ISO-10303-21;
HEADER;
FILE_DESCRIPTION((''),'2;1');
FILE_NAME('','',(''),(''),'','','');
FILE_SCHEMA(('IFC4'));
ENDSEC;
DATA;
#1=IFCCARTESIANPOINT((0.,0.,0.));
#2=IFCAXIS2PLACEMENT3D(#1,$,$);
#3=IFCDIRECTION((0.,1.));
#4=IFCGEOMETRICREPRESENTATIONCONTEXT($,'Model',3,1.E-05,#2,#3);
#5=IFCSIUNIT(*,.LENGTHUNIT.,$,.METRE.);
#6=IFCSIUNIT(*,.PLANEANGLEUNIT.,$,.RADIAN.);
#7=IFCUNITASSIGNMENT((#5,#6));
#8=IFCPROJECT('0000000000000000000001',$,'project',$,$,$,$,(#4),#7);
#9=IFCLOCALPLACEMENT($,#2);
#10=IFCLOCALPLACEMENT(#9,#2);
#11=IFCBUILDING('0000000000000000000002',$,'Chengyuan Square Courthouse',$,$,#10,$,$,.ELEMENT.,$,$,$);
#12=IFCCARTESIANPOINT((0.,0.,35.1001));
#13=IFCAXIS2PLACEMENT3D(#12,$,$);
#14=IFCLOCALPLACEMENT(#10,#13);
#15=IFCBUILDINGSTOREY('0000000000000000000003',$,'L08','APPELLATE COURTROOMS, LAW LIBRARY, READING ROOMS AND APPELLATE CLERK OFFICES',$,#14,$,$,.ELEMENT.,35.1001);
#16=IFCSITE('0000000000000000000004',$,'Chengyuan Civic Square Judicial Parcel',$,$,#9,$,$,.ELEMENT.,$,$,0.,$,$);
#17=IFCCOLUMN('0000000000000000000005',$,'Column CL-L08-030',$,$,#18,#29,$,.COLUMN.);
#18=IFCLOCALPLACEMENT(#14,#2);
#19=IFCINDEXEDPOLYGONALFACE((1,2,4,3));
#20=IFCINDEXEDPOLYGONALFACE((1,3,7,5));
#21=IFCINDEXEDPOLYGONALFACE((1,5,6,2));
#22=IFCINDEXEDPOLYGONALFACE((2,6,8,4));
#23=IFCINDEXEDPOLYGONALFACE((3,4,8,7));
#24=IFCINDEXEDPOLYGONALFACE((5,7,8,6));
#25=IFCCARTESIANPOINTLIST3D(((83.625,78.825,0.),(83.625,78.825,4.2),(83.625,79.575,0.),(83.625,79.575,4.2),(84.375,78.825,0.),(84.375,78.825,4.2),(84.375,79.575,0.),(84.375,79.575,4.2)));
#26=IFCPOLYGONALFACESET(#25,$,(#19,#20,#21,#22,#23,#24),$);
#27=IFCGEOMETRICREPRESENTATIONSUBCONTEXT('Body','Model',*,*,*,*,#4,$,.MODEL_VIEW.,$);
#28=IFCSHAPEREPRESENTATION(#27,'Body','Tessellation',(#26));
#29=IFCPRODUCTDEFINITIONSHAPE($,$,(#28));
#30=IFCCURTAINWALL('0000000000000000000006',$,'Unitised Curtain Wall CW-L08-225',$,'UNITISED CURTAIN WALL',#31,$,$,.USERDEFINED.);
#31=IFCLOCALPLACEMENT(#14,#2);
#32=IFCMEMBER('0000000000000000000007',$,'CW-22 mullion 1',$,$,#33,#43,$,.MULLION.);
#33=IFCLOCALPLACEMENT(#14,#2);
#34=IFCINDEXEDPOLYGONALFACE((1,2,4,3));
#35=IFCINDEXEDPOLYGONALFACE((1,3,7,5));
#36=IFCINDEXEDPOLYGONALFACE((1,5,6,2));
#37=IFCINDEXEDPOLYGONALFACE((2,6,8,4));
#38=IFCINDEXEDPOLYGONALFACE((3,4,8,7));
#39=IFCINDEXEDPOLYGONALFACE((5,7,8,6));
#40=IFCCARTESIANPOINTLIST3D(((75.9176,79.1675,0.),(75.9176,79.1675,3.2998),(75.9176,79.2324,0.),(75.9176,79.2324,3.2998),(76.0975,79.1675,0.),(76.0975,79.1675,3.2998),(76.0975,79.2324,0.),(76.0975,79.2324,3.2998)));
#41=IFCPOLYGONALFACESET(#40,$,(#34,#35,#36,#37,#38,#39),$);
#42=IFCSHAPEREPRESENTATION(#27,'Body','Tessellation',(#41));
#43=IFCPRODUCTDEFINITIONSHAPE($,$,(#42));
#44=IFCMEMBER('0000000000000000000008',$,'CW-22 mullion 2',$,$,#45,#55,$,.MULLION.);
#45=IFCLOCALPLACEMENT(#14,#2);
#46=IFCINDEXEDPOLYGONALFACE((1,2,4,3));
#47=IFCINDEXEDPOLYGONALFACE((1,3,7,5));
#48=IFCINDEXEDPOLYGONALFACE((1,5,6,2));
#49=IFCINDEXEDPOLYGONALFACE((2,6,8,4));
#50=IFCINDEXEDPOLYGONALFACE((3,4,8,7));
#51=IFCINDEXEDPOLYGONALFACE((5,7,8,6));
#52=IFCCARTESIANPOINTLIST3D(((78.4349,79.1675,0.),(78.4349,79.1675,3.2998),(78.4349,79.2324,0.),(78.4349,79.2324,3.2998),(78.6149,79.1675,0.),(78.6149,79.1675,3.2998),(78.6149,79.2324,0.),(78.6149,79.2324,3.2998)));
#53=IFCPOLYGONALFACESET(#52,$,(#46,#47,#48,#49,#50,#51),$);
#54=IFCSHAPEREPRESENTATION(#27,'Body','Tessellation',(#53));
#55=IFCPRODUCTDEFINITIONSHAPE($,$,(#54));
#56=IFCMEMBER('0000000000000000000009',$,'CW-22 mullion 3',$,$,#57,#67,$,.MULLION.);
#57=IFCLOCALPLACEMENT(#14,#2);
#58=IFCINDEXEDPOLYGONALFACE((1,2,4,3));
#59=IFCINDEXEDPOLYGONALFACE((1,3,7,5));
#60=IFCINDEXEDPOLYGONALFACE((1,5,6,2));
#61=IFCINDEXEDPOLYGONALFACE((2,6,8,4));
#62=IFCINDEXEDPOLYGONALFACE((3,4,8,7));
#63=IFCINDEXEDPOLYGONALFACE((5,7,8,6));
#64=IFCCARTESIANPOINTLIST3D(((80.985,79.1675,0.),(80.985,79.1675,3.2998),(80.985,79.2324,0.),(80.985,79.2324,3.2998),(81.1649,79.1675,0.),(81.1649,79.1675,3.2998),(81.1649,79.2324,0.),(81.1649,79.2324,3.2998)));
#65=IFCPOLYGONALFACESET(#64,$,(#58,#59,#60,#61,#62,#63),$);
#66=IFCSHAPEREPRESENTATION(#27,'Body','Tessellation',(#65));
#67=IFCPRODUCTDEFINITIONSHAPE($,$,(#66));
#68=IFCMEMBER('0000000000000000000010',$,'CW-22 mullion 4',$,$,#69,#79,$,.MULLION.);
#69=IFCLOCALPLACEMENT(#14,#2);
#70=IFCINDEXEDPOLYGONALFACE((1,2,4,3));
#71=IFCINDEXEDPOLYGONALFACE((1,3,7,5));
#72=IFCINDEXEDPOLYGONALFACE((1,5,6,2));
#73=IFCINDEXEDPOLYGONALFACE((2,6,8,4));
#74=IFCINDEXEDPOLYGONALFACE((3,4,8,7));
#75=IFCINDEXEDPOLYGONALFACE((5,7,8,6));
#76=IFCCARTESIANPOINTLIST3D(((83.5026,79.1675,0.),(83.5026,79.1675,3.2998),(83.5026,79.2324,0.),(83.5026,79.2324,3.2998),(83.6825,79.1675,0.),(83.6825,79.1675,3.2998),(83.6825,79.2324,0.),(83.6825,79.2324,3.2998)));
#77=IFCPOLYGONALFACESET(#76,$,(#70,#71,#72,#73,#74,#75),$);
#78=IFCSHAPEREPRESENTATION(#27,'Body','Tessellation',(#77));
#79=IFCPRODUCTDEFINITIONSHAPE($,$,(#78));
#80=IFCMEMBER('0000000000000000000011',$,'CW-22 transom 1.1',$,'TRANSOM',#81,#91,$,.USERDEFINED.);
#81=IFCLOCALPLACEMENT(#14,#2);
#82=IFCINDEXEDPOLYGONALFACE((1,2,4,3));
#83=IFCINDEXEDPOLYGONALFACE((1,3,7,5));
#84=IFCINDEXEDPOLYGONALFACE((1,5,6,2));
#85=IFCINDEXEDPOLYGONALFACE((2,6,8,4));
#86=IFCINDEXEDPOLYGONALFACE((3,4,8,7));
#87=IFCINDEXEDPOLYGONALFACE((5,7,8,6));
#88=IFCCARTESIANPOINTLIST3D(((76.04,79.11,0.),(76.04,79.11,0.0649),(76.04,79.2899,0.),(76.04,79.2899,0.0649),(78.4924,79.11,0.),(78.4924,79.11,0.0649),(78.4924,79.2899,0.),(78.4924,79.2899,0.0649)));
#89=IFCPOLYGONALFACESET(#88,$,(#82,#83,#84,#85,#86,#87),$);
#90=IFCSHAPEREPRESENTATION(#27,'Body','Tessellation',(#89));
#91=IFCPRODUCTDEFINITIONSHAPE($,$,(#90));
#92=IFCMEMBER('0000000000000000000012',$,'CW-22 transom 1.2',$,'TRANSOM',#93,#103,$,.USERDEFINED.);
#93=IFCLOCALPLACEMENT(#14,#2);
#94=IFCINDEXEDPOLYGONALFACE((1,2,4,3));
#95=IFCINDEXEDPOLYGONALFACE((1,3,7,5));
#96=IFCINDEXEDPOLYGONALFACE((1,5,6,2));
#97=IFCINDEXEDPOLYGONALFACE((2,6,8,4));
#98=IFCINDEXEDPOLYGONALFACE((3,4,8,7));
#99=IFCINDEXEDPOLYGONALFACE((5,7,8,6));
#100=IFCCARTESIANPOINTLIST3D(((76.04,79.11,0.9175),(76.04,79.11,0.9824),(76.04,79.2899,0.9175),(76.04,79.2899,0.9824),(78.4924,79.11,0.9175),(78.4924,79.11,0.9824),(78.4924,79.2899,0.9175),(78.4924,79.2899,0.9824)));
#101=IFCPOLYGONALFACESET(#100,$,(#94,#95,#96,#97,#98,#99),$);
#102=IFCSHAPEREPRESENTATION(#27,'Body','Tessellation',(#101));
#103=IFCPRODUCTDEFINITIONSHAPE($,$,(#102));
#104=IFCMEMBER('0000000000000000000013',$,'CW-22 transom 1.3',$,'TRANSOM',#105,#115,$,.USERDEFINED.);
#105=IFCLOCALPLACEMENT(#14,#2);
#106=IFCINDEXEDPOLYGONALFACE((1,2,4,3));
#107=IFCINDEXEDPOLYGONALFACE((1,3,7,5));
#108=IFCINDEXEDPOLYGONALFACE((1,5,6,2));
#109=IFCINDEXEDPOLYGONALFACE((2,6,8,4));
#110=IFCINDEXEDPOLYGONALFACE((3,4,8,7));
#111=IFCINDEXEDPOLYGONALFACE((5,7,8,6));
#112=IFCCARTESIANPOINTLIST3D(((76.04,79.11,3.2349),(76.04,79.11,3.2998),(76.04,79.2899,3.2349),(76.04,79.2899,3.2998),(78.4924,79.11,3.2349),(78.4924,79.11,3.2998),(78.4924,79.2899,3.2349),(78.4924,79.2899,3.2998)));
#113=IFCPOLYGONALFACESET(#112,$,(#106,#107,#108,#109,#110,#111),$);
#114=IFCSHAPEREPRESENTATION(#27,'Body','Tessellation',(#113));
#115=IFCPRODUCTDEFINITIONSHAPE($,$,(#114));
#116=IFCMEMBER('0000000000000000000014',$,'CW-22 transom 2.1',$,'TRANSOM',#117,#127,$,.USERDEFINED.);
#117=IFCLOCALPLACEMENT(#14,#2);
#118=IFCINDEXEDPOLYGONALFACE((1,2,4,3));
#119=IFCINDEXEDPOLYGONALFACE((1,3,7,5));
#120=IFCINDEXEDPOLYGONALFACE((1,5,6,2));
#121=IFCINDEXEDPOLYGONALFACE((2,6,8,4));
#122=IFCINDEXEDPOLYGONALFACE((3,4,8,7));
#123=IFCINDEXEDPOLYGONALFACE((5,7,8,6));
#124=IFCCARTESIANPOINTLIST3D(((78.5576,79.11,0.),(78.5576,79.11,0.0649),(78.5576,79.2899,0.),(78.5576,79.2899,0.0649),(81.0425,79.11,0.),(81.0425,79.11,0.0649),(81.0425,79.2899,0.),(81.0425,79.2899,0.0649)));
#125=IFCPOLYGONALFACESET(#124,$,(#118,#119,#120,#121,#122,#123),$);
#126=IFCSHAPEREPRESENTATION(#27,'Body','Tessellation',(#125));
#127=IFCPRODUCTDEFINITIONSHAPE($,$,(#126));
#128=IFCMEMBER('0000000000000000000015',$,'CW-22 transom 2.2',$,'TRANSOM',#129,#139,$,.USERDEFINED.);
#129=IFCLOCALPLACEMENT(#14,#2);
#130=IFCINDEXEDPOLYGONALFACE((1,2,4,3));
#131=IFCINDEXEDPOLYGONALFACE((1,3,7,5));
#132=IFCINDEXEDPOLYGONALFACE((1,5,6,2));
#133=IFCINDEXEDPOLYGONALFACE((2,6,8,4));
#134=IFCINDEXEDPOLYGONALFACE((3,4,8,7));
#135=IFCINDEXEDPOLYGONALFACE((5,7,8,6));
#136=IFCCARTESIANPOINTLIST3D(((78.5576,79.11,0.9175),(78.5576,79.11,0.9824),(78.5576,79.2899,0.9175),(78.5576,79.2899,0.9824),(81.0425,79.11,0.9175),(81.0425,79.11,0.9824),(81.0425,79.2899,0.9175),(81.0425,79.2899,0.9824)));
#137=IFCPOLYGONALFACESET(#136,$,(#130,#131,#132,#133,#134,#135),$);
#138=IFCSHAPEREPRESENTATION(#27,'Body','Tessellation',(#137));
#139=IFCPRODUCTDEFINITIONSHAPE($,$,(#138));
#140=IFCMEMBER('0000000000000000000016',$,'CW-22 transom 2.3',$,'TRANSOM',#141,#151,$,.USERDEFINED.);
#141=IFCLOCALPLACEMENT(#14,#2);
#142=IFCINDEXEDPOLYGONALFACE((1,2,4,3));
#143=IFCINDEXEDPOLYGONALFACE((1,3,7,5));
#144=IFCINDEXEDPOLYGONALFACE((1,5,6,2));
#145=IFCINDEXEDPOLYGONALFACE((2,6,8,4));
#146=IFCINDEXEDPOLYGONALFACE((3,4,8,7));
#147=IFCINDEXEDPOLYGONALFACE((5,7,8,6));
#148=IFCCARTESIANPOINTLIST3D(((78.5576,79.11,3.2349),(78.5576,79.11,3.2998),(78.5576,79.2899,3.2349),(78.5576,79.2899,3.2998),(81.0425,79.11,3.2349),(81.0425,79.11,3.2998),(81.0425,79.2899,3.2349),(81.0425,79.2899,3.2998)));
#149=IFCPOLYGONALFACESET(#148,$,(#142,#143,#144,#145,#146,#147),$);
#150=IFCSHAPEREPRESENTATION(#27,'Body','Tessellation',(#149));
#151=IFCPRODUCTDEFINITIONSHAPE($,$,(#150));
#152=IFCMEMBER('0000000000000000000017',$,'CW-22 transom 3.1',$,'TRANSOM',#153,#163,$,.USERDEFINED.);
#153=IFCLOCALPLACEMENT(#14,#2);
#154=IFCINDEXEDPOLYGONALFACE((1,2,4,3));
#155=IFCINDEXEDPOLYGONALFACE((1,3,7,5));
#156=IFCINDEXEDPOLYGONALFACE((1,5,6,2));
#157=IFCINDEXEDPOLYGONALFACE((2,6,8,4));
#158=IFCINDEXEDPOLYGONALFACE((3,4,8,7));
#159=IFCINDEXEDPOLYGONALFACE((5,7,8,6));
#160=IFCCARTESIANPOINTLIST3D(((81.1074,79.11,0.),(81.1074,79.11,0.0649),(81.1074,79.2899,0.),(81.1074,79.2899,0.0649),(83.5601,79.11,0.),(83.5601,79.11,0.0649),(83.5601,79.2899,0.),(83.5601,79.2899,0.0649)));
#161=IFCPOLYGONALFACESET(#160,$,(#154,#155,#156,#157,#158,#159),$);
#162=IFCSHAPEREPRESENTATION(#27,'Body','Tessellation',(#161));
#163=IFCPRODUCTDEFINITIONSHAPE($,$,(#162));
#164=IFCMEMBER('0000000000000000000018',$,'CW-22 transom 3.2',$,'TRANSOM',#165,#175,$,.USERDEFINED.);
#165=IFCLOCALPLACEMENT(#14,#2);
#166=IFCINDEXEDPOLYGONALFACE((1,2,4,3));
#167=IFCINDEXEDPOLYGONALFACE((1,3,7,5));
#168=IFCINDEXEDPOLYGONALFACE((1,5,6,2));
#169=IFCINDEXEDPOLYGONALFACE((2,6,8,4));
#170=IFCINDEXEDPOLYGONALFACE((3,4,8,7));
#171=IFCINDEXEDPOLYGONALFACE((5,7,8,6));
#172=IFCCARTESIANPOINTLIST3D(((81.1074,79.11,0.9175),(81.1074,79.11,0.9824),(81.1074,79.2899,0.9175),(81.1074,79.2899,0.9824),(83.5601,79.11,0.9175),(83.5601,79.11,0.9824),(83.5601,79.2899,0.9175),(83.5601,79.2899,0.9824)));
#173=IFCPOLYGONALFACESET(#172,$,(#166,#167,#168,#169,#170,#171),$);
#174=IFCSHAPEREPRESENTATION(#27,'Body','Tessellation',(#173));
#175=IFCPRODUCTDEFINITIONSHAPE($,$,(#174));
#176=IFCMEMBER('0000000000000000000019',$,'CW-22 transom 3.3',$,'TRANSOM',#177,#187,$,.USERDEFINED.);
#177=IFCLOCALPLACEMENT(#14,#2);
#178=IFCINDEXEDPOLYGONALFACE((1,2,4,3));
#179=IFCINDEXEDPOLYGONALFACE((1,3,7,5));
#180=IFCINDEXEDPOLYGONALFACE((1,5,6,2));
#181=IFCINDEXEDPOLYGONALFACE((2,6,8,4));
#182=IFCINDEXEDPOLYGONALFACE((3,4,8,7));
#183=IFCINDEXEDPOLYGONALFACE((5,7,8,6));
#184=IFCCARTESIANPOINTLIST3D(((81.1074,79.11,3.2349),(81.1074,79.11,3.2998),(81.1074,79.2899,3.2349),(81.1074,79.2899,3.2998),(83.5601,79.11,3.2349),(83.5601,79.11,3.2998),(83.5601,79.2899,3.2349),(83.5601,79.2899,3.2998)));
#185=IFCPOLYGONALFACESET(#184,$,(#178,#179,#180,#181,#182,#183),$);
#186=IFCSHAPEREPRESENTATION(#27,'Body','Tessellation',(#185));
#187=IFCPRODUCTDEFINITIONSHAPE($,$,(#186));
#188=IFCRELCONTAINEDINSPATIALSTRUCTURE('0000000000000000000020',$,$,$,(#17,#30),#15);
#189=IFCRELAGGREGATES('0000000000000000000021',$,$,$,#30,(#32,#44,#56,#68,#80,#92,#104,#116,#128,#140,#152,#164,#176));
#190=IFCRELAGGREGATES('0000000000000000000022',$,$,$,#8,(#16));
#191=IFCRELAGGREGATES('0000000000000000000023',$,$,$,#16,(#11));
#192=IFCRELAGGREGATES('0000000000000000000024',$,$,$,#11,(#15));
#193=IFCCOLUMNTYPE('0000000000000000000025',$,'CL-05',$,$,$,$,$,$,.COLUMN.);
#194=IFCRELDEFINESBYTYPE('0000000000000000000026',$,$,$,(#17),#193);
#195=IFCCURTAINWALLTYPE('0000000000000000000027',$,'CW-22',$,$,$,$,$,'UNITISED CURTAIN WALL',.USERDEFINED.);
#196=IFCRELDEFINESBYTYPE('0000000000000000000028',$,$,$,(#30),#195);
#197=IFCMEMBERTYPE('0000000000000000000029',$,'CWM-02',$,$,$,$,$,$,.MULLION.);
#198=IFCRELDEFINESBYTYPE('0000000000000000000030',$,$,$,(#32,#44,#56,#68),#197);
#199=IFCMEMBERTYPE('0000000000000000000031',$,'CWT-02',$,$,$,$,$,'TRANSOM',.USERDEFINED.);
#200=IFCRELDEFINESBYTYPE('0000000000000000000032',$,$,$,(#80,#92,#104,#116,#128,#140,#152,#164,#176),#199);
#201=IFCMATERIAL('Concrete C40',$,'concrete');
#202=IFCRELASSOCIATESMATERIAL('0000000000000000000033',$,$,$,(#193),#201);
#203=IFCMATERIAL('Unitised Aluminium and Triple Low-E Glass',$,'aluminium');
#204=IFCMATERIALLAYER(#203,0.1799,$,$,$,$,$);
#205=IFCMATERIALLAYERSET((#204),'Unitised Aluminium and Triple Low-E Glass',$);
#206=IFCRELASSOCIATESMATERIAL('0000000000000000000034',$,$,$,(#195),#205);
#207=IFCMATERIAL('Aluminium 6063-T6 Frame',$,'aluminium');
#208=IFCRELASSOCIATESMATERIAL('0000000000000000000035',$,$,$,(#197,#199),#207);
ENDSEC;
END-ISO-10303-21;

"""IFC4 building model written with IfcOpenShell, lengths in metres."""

from ifc_helpers import new_model, si_unit, direction, frame, origin, origin_2d, place, context, subcontext, project, spatial, rectangle, extrude, material, layer, layer_set, material_profile, profile_set, type_object, element, aggregate, save


model = new_model("IFC4")

# Units and contexts
model_context = context("Model", 3, precision=1e-05, world=origin(), true_north=direction((0.0, 1.0)))
body_context = subcontext(model_context, "Body", "Model", "MODEL_VIEW")
ifc_project = project(units=[si_unit("LENGTHUNIT", "METRE"), si_unit("PLANEANGLEUNIT", "RADIAN")], contexts=[model_context])

# Site, building, storey
site_placement = place(None, origin())
site = spatial("IfcSite", under=ifc_project, at=site_placement, Name="Chengyuan Civic Square Judicial Parcel", CompositionType="ELEMENT", RefElevation=0.0)
building_placement = place(site_placement, origin())
building = spatial("IfcBuilding", under=site, at=building_placement, Name="Chengyuan Square Courthouse", CompositionType="ELEMENT")
storey_placement = place(building_placement, frame((0.0, 0.0, 35.1001)))
storey = spatial("IfcBuildingStorey", under=building, at=storey_placement, Name="L08", Description="APPELLATE COURTROOMS, LAW LIBRARY, READING ROOMS AND APPELLATE CLERK OFFICES", CompositionType="ELEMENT", Elevation=35.1001)

# Column
ifc_material_1 = material(Name="Concrete C40", Category="concrete")
ifc_material_profile_1 = material_profile(ifc_material_1, rectangle(XDim=0.75, YDim=0.75, at=origin_2d()), Name="RC-COL-750x750")
ifc_profile_set_1 = profile_set([ifc_material_profile_1], Name="Concrete C40")
column_type = type_object("IfcColumnType", Name="CL-05", PredefinedType="COLUMN", material=ifc_profile_set_1)
column_placement = place(storey_placement, frame((84.0, 79.2, 0.0), z_axis=(0.0, 0.0, 1.0), x_axis=(1.0, 0.0, 0.0)))
element("IfcColumn", 1, at=column_placement, inside=storey, type_object=column_type, Name="Column CL-L08-030", PredefinedType="COLUMN", context=body_context, shape_type="SweptSolid", body=[
    extrude(rectangle(XDim=0.75, YDim=0.75, at=origin_2d()), origin(), (0.0, 0.0, 1.0), 4.2),
])

# Curtain wall, members
ifc_material_2 = material(Name="Unitised Aluminium and Triple Low-E Glass", Category="aluminium")
ifc_layer_1 = layer(ifc_material_2, 0.1799)
ifc_layer_set_1 = layer_set([ifc_layer_1], Name="Unitised Aluminium and Triple Low-E Glass")
curtain_wall_type = type_object("IfcCurtainWallType", Name="CW-22", ElementType="UNITISED CURTAIN WALL", PredefinedType="USERDEFINED", material=ifc_layer_set_1)
curtain_wall_placement = place(storey_placement, origin())
curtain_wall = element("IfcCurtainWall", 2, at=curtain_wall_placement, inside=storey, type_object=curtain_wall_type, Name="Unitised Curtain Wall CW-L08-225", ObjectType="UNITISED CURTAIN WALL", PredefinedType="USERDEFINED")
ifc_material_3 = material(Name="Aluminium 6063-T6 Frame", Category="aluminium")
ifc_material_profile_2 = material_profile(ifc_material_3, rectangle(XDim=0.0649, YDim=0.1799, at=origin_2d()), Name="CW-MUL-65x180")
ifc_profile_set_2 = profile_set([ifc_material_profile_2], Name="Aluminium 6063-T6 Frame")
member_type_1 = type_object("IfcMemberType", Name="CWM-02", PredefinedType="MULLION", material=ifc_profile_set_2)
member_1_placement = place(storey_placement, frame((76.0076, 79.2, 0.0), z_axis=(0.0, 0.0, 1.0), x_axis=(0.0, 1.0, 0.0)))
member_1 = element("IfcMember", 3, at=member_1_placement, type_object=member_type_1, Name="CW-22 mullion 1", PredefinedType="MULLION", context=body_context, shape_type="SweptSolid", body=[
    extrude(rectangle(XDim=0.0649, YDim=0.1799, at=origin_2d()), origin(), (0.0, 0.0, 1.0), 3.2998),
])
member_2_placement = place(storey_placement, frame((78.5249, 79.2, 0.0), z_axis=(0.0, 0.0, 1.0), x_axis=(0.0, 1.0, 0.0)))
member_2 = element("IfcMember", 4, at=member_2_placement, type_object=member_type_1, Name="CW-22 mullion 2", PredefinedType="MULLION", context=body_context, shape_type="SweptSolid", body=[
    extrude(rectangle(XDim=0.0649, YDim=0.1799, at=origin_2d()), origin(), (0.0, 0.0, 1.0), 3.2998),
])
member_3_placement = place(storey_placement, frame((81.075, 79.2, 0.0), z_axis=(0.0, 0.0, 1.0), x_axis=(0.0, 1.0, 0.0)))
member_3 = element("IfcMember", 5, at=member_3_placement, type_object=member_type_1, Name="CW-22 mullion 3", PredefinedType="MULLION", context=body_context, shape_type="SweptSolid", body=[
    extrude(rectangle(XDim=0.0649, YDim=0.1799, at=origin_2d()), origin(), (0.0, 0.0, 1.0), 3.2998),
])
member_4_placement = place(storey_placement, frame((83.5925, 79.2, 0.0), z_axis=(0.0, 0.0, 1.0), x_axis=(0.0, 1.0, 0.0)))
member_4 = element("IfcMember", 6, at=member_4_placement, type_object=member_type_1, Name="CW-22 mullion 4", PredefinedType="MULLION", context=body_context, shape_type="SweptSolid", body=[
    extrude(rectangle(XDim=0.0649, YDim=0.1799, at=origin_2d()), origin(), (0.0, 0.0, 1.0), 3.2998),
])
ifc_material_profile_3 = material_profile(ifc_material_3, rectangle(XDim=0.1799, YDim=0.0649, at=origin_2d()), Name="CW-TRN-65x140")
ifc_profile_set_3 = profile_set([ifc_material_profile_3], Name="Aluminium 6063-T6 Frame")
member_type_2 = type_object("IfcMemberType", Name="CWT-02", ElementType="TRANSOM", PredefinedType="USERDEFINED", material=ifc_profile_set_3)
member_5_placement = place(storey_placement, frame((76.04, 79.2, 0.0325), z_axis=(1.0, 0.0, 0.0), x_axis=(0.0, 1.0, 0.0)))
member_5 = element("IfcMember", 7, at=member_5_placement, type_object=member_type_2, Name="CW-22 transom 1.1", ObjectType="TRANSOM", PredefinedType="USERDEFINED", context=body_context, shape_type="SweptSolid", body=[
    extrude(rectangle(XDim=0.1799, YDim=0.0649, at=origin_2d()), origin(), (0.0, 0.0, 1.0), 2.4524),
])
member_6_placement = place(storey_placement, frame((76.04, 79.2, 0.95), z_axis=(1.0, 0.0, 0.0), x_axis=(0.0, 1.0, 0.0)))
member_6 = element("IfcMember", 8, at=member_6_placement, type_object=member_type_2, Name="CW-22 transom 1.2", ObjectType="TRANSOM", PredefinedType="USERDEFINED", context=body_context, shape_type="SweptSolid", body=[
    extrude(rectangle(XDim=0.1799, YDim=0.0649, at=origin_2d()), origin(), (0.0, 0.0, 1.0), 2.4524),
])
member_7_placement = place(storey_placement, frame((76.04, 79.2, 3.2673), z_axis=(1.0, 0.0, 0.0), x_axis=(0.0, 1.0, 0.0)))
member_7 = element("IfcMember", 9, at=member_7_placement, type_object=member_type_2, Name="CW-22 transom 1.3", ObjectType="TRANSOM", PredefinedType="USERDEFINED", context=body_context, shape_type="SweptSolid", body=[
    extrude(rectangle(XDim=0.1799, YDim=0.0649, at=origin_2d()), origin(), (0.0, 0.0, 1.0), 2.4524),
])
member_8_placement = place(storey_placement, frame((78.5576, 79.2, 0.0325), z_axis=(1.0, 0.0, 0.0), x_axis=(0.0, 1.0, 0.0)))
member_8 = element("IfcMember", 10, at=member_8_placement, type_object=member_type_2, Name="CW-22 transom 2.1", ObjectType="TRANSOM", PredefinedType="USERDEFINED", context=body_context, shape_type="SweptSolid", body=[
    extrude(rectangle(XDim=0.1799, YDim=0.0649, at=origin_2d()), origin(), (0.0, 0.0, 1.0), 2.4849),
])
member_9_placement = place(storey_placement, frame((78.5576, 79.2, 0.95), z_axis=(1.0, 0.0, 0.0), x_axis=(0.0, 1.0, 0.0)))
member_9 = element("IfcMember", 11, at=member_9_placement, type_object=member_type_2, Name="CW-22 transom 2.2", ObjectType="TRANSOM", PredefinedType="USERDEFINED", context=body_context, shape_type="SweptSolid", body=[
    extrude(rectangle(XDim=0.1799, YDim=0.0649, at=origin_2d()), origin(), (0.0, 0.0, 1.0), 2.4849),
])
member_10_placement = place(storey_placement, frame((78.5576, 79.2, 3.2673), z_axis=(1.0, 0.0, 0.0), x_axis=(0.0, 1.0, 0.0)))
member_10 = element("IfcMember", 12, at=member_10_placement, type_object=member_type_2, Name="CW-22 transom 2.3", ObjectType="TRANSOM", PredefinedType="USERDEFINED", context=body_context, shape_type="SweptSolid", body=[
    extrude(rectangle(XDim=0.1799, YDim=0.0649, at=origin_2d()), origin(), (0.0, 0.0, 1.0), 2.4849),
])
member_11_placement = place(storey_placement, frame((81.1074, 79.2, 0.0325), z_axis=(1.0, 0.0, 0.0), x_axis=(0.0, 1.0, 0.0)))
member_11 = element("IfcMember", 13, at=member_11_placement, type_object=member_type_2, Name="CW-22 transom 3.1", ObjectType="TRANSOM", PredefinedType="USERDEFINED", context=body_context, shape_type="SweptSolid", body=[
    extrude(rectangle(XDim=0.1799, YDim=0.0649, at=origin_2d()), origin(), (0.0, 0.0, 1.0), 2.4526),
])
member_12_placement = place(storey_placement, frame((81.1074, 79.2, 0.95), z_axis=(1.0, 0.0, 0.0), x_axis=(0.0, 1.0, 0.0)))
member_12 = element("IfcMember", 14, at=member_12_placement, type_object=member_type_2, Name="CW-22 transom 3.2", ObjectType="TRANSOM", PredefinedType="USERDEFINED", context=body_context, shape_type="SweptSolid", body=[
    extrude(rectangle(XDim=0.1799, YDim=0.0649, at=origin_2d()), origin(), (0.0, 0.0, 1.0), 2.4526),
])
member_13_placement = place(storey_placement, frame((81.1074, 79.2, 3.2673), z_axis=(1.0, 0.0, 0.0), x_axis=(0.0, 1.0, 0.0)))
member_13 = element("IfcMember", 15, at=member_13_placement, type_object=member_type_2, Name="CW-22 transom 3.3", ObjectType="TRANSOM", PredefinedType="USERDEFINED", context=body_context, shape_type="SweptSolid", body=[
    extrude(rectangle(XDim=0.1799, YDim=0.0649, at=origin_2d()), origin(), (0.0, 0.0, 1.0), 2.4526),
])
aggregate(curtain_wall, [member_1, member_2, member_3, member_4, member_5, member_6, member_7, member_8, member_9, member_10, member_11, member_12, member_13])

save(model, "model.ifc")
